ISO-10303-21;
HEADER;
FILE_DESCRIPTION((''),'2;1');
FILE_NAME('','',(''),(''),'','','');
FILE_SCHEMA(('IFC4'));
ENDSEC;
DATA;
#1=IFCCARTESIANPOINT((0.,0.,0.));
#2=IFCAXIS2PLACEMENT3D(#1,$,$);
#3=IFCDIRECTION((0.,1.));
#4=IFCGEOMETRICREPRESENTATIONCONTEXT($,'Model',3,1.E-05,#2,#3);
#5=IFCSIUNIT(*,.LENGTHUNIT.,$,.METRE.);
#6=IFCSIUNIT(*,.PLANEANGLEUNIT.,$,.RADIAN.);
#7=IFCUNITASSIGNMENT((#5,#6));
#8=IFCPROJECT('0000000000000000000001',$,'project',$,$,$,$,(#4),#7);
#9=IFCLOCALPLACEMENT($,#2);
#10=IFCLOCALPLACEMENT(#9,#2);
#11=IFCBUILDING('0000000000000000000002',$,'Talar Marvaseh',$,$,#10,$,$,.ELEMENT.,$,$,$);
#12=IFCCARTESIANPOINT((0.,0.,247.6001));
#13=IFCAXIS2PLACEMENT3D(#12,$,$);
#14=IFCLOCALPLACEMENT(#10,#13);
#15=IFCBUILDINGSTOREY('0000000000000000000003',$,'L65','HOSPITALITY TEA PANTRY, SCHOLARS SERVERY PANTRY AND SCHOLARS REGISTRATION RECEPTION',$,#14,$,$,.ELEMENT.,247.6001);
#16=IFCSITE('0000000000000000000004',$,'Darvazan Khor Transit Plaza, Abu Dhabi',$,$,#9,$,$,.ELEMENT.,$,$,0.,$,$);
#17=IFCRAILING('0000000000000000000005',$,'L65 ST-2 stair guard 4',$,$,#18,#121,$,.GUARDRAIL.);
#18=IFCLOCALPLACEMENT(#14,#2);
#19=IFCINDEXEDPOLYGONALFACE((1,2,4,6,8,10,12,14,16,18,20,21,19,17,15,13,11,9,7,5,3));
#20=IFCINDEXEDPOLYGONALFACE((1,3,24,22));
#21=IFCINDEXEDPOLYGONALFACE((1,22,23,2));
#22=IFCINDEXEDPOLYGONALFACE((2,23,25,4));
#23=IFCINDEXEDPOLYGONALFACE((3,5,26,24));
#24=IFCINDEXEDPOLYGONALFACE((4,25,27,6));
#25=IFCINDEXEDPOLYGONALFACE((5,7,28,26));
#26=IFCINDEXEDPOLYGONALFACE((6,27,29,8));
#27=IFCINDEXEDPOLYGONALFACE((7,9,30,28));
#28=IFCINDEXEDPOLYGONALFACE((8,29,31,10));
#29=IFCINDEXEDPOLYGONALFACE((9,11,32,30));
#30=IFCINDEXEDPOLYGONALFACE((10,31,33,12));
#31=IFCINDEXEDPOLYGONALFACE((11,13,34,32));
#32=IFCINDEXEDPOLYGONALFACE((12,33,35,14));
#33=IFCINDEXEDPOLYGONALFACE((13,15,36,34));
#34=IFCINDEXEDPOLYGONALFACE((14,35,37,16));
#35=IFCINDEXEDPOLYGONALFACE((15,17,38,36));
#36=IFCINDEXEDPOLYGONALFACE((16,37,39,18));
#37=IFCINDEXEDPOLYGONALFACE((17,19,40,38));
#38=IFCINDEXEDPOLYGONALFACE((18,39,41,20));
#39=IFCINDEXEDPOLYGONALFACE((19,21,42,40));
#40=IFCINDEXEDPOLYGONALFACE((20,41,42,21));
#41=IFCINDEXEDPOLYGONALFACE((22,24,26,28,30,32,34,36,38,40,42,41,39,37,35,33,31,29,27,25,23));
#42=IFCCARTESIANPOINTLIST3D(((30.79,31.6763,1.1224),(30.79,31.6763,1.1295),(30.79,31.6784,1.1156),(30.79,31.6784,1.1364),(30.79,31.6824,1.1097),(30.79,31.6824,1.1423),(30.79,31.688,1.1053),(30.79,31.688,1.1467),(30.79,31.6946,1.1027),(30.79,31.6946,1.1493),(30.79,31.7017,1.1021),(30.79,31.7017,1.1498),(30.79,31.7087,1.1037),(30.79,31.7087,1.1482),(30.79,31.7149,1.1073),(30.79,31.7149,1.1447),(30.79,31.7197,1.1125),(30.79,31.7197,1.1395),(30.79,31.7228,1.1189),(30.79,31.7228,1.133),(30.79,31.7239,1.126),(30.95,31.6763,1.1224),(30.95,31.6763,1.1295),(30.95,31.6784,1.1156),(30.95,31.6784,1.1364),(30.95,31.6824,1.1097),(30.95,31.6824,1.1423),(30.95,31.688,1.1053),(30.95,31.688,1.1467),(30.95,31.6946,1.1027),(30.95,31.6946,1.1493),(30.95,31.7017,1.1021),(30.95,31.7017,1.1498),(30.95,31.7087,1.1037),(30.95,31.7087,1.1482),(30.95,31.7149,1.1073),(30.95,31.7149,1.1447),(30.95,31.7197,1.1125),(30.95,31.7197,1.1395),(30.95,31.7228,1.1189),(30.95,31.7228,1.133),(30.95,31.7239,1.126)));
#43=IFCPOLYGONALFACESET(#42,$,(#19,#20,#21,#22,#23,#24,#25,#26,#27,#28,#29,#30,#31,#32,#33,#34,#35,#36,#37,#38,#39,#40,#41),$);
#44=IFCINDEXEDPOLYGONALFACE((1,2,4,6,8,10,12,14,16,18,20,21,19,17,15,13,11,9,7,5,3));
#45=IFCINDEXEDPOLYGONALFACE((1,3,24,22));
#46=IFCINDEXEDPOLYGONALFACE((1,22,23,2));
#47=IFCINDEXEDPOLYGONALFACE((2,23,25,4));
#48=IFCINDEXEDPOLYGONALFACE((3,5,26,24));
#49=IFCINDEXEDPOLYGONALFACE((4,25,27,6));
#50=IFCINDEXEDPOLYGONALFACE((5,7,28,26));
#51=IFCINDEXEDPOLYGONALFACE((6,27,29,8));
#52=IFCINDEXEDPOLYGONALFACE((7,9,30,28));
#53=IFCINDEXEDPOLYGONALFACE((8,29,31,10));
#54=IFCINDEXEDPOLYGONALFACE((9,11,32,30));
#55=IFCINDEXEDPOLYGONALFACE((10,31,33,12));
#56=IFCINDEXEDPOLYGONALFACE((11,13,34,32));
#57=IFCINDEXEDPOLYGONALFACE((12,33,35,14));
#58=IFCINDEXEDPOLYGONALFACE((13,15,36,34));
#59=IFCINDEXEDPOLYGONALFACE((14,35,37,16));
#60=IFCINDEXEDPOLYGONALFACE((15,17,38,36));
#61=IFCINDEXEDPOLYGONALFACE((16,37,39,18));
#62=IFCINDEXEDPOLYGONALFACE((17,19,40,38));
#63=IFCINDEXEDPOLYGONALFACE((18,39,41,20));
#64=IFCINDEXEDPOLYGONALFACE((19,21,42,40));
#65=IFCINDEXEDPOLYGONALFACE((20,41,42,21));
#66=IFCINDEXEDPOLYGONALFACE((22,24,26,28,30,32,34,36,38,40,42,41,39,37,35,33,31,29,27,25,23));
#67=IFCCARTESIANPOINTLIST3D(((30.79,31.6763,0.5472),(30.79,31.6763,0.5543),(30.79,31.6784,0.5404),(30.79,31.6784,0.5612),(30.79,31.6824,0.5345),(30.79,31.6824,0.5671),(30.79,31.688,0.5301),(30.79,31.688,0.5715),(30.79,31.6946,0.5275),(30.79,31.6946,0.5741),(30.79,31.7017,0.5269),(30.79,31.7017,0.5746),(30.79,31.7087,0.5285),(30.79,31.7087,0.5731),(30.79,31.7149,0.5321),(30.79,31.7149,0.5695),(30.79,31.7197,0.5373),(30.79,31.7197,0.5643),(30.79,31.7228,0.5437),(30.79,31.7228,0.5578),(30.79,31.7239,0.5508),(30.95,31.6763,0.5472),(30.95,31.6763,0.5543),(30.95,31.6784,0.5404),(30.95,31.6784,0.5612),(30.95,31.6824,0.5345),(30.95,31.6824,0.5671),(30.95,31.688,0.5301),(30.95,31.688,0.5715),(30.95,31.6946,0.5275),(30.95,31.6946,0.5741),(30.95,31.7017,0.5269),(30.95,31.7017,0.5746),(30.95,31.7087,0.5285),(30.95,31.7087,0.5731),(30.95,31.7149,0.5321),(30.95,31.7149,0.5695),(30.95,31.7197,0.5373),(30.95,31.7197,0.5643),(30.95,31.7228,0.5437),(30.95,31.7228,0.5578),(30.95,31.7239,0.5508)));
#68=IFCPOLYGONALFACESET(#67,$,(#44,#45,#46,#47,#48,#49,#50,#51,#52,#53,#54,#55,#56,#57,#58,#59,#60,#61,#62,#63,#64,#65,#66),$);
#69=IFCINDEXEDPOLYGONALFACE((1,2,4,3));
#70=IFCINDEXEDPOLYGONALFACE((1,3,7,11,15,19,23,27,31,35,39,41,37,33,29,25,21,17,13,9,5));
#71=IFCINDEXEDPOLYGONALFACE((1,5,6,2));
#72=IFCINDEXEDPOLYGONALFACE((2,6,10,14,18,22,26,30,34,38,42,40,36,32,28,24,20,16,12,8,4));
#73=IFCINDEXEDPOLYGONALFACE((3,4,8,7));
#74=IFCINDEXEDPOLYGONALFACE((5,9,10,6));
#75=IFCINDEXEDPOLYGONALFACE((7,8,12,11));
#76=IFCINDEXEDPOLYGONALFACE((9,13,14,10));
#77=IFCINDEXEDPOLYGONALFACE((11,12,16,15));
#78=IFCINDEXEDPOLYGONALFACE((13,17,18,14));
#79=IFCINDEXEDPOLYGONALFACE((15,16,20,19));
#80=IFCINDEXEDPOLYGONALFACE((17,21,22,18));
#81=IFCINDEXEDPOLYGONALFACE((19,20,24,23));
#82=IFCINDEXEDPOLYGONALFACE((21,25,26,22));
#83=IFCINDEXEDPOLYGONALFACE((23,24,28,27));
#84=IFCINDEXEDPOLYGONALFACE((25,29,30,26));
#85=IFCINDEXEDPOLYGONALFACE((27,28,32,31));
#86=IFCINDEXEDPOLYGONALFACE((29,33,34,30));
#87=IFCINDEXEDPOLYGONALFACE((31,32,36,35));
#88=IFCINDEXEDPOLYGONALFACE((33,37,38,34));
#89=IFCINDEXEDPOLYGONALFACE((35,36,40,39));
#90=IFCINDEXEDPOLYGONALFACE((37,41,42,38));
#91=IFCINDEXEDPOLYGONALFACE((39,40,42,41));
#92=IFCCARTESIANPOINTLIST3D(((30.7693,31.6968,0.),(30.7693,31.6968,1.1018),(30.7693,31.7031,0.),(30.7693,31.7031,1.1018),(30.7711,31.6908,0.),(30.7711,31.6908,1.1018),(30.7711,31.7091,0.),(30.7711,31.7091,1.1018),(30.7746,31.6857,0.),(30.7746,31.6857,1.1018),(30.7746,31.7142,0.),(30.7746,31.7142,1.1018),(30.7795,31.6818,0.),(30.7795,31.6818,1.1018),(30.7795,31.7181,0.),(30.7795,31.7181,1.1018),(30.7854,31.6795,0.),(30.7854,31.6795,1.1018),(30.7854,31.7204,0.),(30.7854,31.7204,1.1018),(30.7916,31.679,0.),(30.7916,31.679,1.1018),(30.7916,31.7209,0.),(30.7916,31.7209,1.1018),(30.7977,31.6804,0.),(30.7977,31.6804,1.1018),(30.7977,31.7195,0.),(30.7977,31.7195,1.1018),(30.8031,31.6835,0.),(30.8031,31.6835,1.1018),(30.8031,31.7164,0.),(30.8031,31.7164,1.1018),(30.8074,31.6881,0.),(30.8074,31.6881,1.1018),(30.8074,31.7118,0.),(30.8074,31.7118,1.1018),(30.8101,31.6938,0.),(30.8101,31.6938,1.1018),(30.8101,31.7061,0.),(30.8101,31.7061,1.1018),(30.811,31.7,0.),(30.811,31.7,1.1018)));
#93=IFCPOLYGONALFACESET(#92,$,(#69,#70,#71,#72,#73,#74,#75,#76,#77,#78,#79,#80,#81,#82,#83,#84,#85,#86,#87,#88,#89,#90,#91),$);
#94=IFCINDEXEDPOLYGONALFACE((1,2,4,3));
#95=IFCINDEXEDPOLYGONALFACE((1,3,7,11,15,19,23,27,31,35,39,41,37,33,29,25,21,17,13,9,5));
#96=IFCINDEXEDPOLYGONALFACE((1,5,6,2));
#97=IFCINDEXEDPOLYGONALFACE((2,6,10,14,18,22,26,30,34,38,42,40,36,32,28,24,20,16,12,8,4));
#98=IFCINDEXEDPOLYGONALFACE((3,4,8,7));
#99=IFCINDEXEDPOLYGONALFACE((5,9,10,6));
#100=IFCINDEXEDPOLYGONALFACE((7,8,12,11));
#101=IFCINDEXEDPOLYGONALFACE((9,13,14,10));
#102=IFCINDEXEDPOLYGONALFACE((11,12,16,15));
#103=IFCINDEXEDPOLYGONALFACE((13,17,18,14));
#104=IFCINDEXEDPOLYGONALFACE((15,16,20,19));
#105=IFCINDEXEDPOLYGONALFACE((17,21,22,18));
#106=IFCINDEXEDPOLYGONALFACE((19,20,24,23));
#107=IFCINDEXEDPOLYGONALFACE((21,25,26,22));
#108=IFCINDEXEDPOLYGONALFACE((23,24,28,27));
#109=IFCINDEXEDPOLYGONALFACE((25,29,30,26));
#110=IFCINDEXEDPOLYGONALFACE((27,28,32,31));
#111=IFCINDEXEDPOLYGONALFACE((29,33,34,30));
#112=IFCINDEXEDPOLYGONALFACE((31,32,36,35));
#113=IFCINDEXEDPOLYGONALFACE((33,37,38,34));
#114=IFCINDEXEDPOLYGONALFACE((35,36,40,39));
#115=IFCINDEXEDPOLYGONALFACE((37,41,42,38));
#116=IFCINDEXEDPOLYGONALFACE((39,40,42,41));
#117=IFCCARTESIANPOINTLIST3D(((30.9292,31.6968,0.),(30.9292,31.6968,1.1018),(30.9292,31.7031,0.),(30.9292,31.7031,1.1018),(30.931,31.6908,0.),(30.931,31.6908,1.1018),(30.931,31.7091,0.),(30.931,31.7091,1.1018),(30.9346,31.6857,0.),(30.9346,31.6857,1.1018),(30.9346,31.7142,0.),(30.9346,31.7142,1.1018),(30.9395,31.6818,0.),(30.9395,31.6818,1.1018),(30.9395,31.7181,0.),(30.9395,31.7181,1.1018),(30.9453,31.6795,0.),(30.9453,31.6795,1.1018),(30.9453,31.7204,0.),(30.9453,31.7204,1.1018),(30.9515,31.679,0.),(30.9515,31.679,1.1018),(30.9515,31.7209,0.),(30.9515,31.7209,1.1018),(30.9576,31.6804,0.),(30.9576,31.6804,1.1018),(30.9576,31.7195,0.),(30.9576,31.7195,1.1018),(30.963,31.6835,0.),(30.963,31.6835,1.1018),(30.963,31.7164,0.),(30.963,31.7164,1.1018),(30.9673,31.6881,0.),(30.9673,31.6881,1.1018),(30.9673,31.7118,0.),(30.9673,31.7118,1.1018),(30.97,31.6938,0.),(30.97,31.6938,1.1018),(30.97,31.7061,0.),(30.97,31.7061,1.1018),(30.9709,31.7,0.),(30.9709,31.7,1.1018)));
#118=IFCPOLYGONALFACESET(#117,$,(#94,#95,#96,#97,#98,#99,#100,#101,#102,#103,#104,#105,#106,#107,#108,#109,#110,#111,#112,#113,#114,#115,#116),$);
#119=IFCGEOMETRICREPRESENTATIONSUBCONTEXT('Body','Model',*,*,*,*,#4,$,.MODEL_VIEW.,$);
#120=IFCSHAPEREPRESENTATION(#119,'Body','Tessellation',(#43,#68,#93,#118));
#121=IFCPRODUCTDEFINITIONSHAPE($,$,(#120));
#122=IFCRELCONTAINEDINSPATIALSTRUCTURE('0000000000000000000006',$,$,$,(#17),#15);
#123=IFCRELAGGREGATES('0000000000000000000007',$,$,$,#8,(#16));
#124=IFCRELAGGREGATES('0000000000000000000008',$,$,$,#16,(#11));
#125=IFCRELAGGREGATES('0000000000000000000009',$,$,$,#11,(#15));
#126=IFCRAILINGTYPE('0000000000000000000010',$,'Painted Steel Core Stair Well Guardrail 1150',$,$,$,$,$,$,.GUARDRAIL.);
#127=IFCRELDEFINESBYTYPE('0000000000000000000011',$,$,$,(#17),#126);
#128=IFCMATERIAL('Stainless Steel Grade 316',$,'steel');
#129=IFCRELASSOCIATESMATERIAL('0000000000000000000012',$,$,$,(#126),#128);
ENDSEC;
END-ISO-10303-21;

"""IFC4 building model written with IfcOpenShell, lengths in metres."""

from ifc_helpers import new_model, si_unit, direction, frame, origin, origin_2d, place, context, subcontext, project, spatial, circle, extrude, material, type_object, element, save


model = new_model("IFC4")

# Units and contexts
model_context = context("Model", 3, precision=1e-05, world=origin(), true_north=direction((0.0, 1.0)))
body_context = subcontext(model_context, "Body", "Model", "MODEL_VIEW")
ifc_project = project(units=[si_unit("LENGTHUNIT", "METRE"), si_unit("PLANEANGLEUNIT", "RADIAN")], contexts=[model_context])

# Site, building, storey
site_placement = place(None, origin())
site = spatial("IfcSite", under=ifc_project, at=site_placement, Name="Darvazan Khor Transit Plaza, Abu Dhabi", CompositionType="ELEMENT", RefElevation=0.0)
building_placement = place(site_placement, origin())
building = spatial("IfcBuilding", under=site, at=building_placement, Name="Talar Marvaseh", CompositionType="ELEMENT")
storey_placement = place(building_placement, frame((0.0, 0.0, 247.6001)))
storey = spatial("IfcBuildingStorey", under=building, at=storey_placement, Name="L65", Description="HOSPITALITY TEA PANTRY, SCHOLARS SERVERY PANTRY AND SCHOLARS REGISTRATION RECEPTION", CompositionType="ELEMENT", Elevation=247.6001)

# Shared definitions
ifc_material_1 = material(Name="Stainless Steel Grade 316", Category="steel")

# Railing
railing_type_1 = type_object("IfcRailingType", Name="Painted Steel Core Stair Well Guardrail 1150", PredefinedType="GUARDRAIL", material=ifc_material_1)
railing_1_placement = place(storey_placement, frame((30.79, 31.7, 0.0)))
element("IfcRailing", 1, at=railing_1_placement, inside=storey, type_object=railing_type_1, Name="L65 ST-2 stair guard 4", PredefinedType="GUARDRAIL", context=body_context, shape_type="SweptSolid", body=[
    extrude(circle(Radius=0.0239, at=origin_2d()), frame((0.0, 0.0, 1.126), z_axis=(1.0, 0.0, 0.0), x_axis=(0.0, 1.0, 0.0)), (0.0, 0.0, 1.0), 0.1599),
    extrude(circle(Radius=0.0239, at=origin_2d()), frame((0.0, 0.0, 0.5508), z_axis=(1.0, 0.0, 0.0), x_axis=(0.0, 1.0, 0.0)), (0.0, 0.0, 1.0), 0.1599),
    extrude(circle(Radius=0.021, at=origin_2d()), origin(), (0.0, 0.0, 1.0), 1.1018),
    extrude(circle(Radius=0.021, at=origin_2d()), frame((0.1599, 0.0, 0.0)), (0.0, 0.0, 1.0), 1.1018),
])

save(model, "model.ifc")
